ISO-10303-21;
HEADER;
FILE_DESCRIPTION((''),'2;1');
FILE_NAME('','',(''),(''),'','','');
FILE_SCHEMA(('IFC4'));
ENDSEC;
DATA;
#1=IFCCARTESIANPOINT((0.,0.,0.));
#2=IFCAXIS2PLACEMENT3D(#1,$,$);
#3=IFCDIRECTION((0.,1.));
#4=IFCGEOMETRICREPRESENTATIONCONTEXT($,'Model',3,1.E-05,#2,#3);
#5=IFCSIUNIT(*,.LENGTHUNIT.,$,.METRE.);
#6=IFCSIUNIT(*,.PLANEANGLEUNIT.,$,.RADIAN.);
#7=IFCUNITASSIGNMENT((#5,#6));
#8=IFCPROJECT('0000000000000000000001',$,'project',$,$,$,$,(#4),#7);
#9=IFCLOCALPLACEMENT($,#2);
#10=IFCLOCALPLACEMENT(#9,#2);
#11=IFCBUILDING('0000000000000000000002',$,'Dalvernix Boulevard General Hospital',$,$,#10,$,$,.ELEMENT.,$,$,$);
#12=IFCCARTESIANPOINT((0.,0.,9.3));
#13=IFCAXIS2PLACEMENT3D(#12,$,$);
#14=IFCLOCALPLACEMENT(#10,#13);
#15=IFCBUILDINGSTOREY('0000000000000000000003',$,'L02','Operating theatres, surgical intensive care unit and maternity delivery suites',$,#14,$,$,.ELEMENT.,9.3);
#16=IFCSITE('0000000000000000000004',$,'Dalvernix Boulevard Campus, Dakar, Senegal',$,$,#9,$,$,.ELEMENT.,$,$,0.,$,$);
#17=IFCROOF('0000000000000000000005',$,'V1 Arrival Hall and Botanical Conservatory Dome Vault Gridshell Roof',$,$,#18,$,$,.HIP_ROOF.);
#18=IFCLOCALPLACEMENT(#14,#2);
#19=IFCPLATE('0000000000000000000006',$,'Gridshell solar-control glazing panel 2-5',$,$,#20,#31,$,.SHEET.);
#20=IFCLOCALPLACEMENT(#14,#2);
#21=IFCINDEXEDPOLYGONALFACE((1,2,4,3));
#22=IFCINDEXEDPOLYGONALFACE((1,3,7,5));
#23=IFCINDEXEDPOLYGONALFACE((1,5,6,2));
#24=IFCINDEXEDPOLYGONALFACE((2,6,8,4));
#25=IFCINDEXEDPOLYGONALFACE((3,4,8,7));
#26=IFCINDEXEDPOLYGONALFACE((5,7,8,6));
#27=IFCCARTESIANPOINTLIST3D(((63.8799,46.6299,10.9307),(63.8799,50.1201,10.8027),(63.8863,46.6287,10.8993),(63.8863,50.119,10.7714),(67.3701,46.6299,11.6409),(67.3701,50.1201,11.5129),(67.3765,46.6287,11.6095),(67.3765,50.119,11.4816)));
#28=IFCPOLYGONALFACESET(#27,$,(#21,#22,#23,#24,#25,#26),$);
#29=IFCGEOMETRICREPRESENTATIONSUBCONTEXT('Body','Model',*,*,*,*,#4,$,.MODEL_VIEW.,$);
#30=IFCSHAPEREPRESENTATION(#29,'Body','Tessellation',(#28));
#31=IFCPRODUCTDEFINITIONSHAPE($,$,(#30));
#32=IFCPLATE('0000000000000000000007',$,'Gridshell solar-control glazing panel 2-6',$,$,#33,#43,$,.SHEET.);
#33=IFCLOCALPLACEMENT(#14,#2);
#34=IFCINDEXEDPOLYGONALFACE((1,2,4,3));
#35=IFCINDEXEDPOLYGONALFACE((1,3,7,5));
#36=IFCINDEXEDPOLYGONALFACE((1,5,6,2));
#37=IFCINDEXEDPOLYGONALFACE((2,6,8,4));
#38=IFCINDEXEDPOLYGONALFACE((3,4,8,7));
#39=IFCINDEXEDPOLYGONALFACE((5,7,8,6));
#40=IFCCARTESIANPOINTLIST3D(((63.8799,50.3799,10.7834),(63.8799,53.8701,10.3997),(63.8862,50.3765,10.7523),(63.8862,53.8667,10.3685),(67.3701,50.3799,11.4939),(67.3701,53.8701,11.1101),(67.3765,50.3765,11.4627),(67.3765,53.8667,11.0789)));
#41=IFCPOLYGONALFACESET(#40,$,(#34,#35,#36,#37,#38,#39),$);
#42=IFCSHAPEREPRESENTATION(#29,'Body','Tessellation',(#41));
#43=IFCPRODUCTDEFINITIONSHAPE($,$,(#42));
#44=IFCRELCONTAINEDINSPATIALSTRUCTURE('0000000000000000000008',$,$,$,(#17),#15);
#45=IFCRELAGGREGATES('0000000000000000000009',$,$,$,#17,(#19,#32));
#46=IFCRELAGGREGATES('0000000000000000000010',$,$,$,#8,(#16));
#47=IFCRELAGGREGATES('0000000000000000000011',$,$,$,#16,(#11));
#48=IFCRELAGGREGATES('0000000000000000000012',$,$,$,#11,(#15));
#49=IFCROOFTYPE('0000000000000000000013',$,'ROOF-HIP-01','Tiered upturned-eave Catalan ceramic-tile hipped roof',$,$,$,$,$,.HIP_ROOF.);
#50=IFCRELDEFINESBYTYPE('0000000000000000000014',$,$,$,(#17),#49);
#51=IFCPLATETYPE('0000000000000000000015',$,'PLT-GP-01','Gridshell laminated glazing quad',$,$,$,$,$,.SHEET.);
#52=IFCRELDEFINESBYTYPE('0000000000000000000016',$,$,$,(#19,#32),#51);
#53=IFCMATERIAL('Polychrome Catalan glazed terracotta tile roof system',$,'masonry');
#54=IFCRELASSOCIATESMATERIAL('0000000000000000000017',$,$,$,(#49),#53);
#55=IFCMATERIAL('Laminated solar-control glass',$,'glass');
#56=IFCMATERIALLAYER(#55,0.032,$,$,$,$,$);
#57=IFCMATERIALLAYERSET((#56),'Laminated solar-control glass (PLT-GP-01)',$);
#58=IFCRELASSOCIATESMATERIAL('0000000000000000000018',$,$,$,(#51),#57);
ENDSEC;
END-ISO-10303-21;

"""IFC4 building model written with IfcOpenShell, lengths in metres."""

from ifc_helpers import new_model, si_unit, direction, frame, origin, place, context, subcontext, project, spatial, polyline, outline, extrude, material, layer, layer_set, type_object, element, aggregate, save


model = new_model("IFC4")

# Units and contexts
model_context = context("Model", 3, precision=1e-05, world=origin(), true_north=direction((0.0, 1.0)))
body_context = subcontext(model_context, "Body", "Model", "MODEL_VIEW")
ifc_project = project(units=[si_unit("LENGTHUNIT", "METRE"), si_unit("PLANEANGLEUNIT", "RADIAN")], contexts=[model_context])

# Site, building, storey
site_placement = place(None, origin())
site = spatial("IfcSite", under=ifc_project, at=site_placement, Name="Dalvernix Boulevard Campus, Dakar, Senegal", CompositionType="ELEMENT", RefElevation=0.0)
building_placement = place(site_placement, origin())
building = spatial("IfcBuilding", under=site, at=building_placement, Name="Dalvernix Boulevard General Hospital", CompositionType="ELEMENT")
storey_placement = place(building_placement, frame((0.0, 0.0, 9.3)))
storey = spatial("IfcBuildingStorey", under=building, at=storey_placement, Name="L02", Description="Operating theatres, surgical intensive care unit and maternity delivery suites", CompositionType="ELEMENT", Elevation=9.3)

# Roof, plates
ifc_material_1 = material(Name="Polychrome Catalan glazed terracotta tile roof system", Category="masonry")
roof_type = type_object("IfcRoofType", Name="ROOF-HIP-01", Description="Tiered upturned-eave Catalan ceramic-tile hipped roof", PredefinedType="HIP_ROOF", material=ifc_material_1)
roof_placement = place(storey_placement, origin())
roof = element("IfcRoof", 1, at=roof_placement, inside=storey, type_object=roof_type, Name="V1 Arrival Hall and Botanical Conservatory Dome Vault Gridshell Roof", PredefinedType="HIP_ROOF")
ifc_material_2 = material(Name="Laminated solar-control glass", Category="glass")
ifc_layer_1 = layer(ifc_material_2, 0.032)
ifc_layer_set_1 = layer_set([ifc_layer_1], Name="Laminated solar-control glass (PLT-GP-01)")
plate_type = type_object("IfcPlateType", Name="PLT-GP-01", Description="Gridshell laminated glazing quad", PredefinedType="SHEET", material=ifc_layer_set_1)
plate_1_placement = place(storey_placement, frame((63.8799, 46.6299, 10.9307), z_axis=(-0.199269, 0.035894, 0.979287), x_axis=(0.979919, 0.0, 0.199397)))
plate_1 = element("IfcPlate", 2, at=plate_1_placement, type_object=plate_type, Name="Gridshell solar-control glazing panel 2-5", PredefinedType="SHEET", context=body_context, shape_type="SweptSolid", body=[
    extrude(outline(polyline([(0.0, 0.0), (3.5618, 0.0), (3.5363, 3.4925), (-0.0255, 3.4925), (0.0, 0.0)])), origin(), (0.0, 0.0, -1.0), 0.032),
])
plate_2_placement = place(storey_placement, frame((63.8799, 50.3799, 10.7834), z_axis=(-0.198315, 0.107131, 0.974266), x_axis=(0.979905, 0.0, 0.199463)))
plate_2 = element("IfcPlate", 3, at=plate_2_placement, type_object=plate_type, Name="Gridshell solar-control glazing panel 2-6", PredefinedType="SHEET", context=body_context, shape_type="SweptSolid", body=[
    extrude(outline(polyline([(0.0, 0.0), (3.5618, 0.0), (3.4853, 3.5104), (-0.0766, 3.5104), (0.0, 0.0)])), origin(), (0.0, 0.0, -1.0), 0.032),
])
aggregate(roof, [plate_1, plate_2])

save(model, "model.ifc")
